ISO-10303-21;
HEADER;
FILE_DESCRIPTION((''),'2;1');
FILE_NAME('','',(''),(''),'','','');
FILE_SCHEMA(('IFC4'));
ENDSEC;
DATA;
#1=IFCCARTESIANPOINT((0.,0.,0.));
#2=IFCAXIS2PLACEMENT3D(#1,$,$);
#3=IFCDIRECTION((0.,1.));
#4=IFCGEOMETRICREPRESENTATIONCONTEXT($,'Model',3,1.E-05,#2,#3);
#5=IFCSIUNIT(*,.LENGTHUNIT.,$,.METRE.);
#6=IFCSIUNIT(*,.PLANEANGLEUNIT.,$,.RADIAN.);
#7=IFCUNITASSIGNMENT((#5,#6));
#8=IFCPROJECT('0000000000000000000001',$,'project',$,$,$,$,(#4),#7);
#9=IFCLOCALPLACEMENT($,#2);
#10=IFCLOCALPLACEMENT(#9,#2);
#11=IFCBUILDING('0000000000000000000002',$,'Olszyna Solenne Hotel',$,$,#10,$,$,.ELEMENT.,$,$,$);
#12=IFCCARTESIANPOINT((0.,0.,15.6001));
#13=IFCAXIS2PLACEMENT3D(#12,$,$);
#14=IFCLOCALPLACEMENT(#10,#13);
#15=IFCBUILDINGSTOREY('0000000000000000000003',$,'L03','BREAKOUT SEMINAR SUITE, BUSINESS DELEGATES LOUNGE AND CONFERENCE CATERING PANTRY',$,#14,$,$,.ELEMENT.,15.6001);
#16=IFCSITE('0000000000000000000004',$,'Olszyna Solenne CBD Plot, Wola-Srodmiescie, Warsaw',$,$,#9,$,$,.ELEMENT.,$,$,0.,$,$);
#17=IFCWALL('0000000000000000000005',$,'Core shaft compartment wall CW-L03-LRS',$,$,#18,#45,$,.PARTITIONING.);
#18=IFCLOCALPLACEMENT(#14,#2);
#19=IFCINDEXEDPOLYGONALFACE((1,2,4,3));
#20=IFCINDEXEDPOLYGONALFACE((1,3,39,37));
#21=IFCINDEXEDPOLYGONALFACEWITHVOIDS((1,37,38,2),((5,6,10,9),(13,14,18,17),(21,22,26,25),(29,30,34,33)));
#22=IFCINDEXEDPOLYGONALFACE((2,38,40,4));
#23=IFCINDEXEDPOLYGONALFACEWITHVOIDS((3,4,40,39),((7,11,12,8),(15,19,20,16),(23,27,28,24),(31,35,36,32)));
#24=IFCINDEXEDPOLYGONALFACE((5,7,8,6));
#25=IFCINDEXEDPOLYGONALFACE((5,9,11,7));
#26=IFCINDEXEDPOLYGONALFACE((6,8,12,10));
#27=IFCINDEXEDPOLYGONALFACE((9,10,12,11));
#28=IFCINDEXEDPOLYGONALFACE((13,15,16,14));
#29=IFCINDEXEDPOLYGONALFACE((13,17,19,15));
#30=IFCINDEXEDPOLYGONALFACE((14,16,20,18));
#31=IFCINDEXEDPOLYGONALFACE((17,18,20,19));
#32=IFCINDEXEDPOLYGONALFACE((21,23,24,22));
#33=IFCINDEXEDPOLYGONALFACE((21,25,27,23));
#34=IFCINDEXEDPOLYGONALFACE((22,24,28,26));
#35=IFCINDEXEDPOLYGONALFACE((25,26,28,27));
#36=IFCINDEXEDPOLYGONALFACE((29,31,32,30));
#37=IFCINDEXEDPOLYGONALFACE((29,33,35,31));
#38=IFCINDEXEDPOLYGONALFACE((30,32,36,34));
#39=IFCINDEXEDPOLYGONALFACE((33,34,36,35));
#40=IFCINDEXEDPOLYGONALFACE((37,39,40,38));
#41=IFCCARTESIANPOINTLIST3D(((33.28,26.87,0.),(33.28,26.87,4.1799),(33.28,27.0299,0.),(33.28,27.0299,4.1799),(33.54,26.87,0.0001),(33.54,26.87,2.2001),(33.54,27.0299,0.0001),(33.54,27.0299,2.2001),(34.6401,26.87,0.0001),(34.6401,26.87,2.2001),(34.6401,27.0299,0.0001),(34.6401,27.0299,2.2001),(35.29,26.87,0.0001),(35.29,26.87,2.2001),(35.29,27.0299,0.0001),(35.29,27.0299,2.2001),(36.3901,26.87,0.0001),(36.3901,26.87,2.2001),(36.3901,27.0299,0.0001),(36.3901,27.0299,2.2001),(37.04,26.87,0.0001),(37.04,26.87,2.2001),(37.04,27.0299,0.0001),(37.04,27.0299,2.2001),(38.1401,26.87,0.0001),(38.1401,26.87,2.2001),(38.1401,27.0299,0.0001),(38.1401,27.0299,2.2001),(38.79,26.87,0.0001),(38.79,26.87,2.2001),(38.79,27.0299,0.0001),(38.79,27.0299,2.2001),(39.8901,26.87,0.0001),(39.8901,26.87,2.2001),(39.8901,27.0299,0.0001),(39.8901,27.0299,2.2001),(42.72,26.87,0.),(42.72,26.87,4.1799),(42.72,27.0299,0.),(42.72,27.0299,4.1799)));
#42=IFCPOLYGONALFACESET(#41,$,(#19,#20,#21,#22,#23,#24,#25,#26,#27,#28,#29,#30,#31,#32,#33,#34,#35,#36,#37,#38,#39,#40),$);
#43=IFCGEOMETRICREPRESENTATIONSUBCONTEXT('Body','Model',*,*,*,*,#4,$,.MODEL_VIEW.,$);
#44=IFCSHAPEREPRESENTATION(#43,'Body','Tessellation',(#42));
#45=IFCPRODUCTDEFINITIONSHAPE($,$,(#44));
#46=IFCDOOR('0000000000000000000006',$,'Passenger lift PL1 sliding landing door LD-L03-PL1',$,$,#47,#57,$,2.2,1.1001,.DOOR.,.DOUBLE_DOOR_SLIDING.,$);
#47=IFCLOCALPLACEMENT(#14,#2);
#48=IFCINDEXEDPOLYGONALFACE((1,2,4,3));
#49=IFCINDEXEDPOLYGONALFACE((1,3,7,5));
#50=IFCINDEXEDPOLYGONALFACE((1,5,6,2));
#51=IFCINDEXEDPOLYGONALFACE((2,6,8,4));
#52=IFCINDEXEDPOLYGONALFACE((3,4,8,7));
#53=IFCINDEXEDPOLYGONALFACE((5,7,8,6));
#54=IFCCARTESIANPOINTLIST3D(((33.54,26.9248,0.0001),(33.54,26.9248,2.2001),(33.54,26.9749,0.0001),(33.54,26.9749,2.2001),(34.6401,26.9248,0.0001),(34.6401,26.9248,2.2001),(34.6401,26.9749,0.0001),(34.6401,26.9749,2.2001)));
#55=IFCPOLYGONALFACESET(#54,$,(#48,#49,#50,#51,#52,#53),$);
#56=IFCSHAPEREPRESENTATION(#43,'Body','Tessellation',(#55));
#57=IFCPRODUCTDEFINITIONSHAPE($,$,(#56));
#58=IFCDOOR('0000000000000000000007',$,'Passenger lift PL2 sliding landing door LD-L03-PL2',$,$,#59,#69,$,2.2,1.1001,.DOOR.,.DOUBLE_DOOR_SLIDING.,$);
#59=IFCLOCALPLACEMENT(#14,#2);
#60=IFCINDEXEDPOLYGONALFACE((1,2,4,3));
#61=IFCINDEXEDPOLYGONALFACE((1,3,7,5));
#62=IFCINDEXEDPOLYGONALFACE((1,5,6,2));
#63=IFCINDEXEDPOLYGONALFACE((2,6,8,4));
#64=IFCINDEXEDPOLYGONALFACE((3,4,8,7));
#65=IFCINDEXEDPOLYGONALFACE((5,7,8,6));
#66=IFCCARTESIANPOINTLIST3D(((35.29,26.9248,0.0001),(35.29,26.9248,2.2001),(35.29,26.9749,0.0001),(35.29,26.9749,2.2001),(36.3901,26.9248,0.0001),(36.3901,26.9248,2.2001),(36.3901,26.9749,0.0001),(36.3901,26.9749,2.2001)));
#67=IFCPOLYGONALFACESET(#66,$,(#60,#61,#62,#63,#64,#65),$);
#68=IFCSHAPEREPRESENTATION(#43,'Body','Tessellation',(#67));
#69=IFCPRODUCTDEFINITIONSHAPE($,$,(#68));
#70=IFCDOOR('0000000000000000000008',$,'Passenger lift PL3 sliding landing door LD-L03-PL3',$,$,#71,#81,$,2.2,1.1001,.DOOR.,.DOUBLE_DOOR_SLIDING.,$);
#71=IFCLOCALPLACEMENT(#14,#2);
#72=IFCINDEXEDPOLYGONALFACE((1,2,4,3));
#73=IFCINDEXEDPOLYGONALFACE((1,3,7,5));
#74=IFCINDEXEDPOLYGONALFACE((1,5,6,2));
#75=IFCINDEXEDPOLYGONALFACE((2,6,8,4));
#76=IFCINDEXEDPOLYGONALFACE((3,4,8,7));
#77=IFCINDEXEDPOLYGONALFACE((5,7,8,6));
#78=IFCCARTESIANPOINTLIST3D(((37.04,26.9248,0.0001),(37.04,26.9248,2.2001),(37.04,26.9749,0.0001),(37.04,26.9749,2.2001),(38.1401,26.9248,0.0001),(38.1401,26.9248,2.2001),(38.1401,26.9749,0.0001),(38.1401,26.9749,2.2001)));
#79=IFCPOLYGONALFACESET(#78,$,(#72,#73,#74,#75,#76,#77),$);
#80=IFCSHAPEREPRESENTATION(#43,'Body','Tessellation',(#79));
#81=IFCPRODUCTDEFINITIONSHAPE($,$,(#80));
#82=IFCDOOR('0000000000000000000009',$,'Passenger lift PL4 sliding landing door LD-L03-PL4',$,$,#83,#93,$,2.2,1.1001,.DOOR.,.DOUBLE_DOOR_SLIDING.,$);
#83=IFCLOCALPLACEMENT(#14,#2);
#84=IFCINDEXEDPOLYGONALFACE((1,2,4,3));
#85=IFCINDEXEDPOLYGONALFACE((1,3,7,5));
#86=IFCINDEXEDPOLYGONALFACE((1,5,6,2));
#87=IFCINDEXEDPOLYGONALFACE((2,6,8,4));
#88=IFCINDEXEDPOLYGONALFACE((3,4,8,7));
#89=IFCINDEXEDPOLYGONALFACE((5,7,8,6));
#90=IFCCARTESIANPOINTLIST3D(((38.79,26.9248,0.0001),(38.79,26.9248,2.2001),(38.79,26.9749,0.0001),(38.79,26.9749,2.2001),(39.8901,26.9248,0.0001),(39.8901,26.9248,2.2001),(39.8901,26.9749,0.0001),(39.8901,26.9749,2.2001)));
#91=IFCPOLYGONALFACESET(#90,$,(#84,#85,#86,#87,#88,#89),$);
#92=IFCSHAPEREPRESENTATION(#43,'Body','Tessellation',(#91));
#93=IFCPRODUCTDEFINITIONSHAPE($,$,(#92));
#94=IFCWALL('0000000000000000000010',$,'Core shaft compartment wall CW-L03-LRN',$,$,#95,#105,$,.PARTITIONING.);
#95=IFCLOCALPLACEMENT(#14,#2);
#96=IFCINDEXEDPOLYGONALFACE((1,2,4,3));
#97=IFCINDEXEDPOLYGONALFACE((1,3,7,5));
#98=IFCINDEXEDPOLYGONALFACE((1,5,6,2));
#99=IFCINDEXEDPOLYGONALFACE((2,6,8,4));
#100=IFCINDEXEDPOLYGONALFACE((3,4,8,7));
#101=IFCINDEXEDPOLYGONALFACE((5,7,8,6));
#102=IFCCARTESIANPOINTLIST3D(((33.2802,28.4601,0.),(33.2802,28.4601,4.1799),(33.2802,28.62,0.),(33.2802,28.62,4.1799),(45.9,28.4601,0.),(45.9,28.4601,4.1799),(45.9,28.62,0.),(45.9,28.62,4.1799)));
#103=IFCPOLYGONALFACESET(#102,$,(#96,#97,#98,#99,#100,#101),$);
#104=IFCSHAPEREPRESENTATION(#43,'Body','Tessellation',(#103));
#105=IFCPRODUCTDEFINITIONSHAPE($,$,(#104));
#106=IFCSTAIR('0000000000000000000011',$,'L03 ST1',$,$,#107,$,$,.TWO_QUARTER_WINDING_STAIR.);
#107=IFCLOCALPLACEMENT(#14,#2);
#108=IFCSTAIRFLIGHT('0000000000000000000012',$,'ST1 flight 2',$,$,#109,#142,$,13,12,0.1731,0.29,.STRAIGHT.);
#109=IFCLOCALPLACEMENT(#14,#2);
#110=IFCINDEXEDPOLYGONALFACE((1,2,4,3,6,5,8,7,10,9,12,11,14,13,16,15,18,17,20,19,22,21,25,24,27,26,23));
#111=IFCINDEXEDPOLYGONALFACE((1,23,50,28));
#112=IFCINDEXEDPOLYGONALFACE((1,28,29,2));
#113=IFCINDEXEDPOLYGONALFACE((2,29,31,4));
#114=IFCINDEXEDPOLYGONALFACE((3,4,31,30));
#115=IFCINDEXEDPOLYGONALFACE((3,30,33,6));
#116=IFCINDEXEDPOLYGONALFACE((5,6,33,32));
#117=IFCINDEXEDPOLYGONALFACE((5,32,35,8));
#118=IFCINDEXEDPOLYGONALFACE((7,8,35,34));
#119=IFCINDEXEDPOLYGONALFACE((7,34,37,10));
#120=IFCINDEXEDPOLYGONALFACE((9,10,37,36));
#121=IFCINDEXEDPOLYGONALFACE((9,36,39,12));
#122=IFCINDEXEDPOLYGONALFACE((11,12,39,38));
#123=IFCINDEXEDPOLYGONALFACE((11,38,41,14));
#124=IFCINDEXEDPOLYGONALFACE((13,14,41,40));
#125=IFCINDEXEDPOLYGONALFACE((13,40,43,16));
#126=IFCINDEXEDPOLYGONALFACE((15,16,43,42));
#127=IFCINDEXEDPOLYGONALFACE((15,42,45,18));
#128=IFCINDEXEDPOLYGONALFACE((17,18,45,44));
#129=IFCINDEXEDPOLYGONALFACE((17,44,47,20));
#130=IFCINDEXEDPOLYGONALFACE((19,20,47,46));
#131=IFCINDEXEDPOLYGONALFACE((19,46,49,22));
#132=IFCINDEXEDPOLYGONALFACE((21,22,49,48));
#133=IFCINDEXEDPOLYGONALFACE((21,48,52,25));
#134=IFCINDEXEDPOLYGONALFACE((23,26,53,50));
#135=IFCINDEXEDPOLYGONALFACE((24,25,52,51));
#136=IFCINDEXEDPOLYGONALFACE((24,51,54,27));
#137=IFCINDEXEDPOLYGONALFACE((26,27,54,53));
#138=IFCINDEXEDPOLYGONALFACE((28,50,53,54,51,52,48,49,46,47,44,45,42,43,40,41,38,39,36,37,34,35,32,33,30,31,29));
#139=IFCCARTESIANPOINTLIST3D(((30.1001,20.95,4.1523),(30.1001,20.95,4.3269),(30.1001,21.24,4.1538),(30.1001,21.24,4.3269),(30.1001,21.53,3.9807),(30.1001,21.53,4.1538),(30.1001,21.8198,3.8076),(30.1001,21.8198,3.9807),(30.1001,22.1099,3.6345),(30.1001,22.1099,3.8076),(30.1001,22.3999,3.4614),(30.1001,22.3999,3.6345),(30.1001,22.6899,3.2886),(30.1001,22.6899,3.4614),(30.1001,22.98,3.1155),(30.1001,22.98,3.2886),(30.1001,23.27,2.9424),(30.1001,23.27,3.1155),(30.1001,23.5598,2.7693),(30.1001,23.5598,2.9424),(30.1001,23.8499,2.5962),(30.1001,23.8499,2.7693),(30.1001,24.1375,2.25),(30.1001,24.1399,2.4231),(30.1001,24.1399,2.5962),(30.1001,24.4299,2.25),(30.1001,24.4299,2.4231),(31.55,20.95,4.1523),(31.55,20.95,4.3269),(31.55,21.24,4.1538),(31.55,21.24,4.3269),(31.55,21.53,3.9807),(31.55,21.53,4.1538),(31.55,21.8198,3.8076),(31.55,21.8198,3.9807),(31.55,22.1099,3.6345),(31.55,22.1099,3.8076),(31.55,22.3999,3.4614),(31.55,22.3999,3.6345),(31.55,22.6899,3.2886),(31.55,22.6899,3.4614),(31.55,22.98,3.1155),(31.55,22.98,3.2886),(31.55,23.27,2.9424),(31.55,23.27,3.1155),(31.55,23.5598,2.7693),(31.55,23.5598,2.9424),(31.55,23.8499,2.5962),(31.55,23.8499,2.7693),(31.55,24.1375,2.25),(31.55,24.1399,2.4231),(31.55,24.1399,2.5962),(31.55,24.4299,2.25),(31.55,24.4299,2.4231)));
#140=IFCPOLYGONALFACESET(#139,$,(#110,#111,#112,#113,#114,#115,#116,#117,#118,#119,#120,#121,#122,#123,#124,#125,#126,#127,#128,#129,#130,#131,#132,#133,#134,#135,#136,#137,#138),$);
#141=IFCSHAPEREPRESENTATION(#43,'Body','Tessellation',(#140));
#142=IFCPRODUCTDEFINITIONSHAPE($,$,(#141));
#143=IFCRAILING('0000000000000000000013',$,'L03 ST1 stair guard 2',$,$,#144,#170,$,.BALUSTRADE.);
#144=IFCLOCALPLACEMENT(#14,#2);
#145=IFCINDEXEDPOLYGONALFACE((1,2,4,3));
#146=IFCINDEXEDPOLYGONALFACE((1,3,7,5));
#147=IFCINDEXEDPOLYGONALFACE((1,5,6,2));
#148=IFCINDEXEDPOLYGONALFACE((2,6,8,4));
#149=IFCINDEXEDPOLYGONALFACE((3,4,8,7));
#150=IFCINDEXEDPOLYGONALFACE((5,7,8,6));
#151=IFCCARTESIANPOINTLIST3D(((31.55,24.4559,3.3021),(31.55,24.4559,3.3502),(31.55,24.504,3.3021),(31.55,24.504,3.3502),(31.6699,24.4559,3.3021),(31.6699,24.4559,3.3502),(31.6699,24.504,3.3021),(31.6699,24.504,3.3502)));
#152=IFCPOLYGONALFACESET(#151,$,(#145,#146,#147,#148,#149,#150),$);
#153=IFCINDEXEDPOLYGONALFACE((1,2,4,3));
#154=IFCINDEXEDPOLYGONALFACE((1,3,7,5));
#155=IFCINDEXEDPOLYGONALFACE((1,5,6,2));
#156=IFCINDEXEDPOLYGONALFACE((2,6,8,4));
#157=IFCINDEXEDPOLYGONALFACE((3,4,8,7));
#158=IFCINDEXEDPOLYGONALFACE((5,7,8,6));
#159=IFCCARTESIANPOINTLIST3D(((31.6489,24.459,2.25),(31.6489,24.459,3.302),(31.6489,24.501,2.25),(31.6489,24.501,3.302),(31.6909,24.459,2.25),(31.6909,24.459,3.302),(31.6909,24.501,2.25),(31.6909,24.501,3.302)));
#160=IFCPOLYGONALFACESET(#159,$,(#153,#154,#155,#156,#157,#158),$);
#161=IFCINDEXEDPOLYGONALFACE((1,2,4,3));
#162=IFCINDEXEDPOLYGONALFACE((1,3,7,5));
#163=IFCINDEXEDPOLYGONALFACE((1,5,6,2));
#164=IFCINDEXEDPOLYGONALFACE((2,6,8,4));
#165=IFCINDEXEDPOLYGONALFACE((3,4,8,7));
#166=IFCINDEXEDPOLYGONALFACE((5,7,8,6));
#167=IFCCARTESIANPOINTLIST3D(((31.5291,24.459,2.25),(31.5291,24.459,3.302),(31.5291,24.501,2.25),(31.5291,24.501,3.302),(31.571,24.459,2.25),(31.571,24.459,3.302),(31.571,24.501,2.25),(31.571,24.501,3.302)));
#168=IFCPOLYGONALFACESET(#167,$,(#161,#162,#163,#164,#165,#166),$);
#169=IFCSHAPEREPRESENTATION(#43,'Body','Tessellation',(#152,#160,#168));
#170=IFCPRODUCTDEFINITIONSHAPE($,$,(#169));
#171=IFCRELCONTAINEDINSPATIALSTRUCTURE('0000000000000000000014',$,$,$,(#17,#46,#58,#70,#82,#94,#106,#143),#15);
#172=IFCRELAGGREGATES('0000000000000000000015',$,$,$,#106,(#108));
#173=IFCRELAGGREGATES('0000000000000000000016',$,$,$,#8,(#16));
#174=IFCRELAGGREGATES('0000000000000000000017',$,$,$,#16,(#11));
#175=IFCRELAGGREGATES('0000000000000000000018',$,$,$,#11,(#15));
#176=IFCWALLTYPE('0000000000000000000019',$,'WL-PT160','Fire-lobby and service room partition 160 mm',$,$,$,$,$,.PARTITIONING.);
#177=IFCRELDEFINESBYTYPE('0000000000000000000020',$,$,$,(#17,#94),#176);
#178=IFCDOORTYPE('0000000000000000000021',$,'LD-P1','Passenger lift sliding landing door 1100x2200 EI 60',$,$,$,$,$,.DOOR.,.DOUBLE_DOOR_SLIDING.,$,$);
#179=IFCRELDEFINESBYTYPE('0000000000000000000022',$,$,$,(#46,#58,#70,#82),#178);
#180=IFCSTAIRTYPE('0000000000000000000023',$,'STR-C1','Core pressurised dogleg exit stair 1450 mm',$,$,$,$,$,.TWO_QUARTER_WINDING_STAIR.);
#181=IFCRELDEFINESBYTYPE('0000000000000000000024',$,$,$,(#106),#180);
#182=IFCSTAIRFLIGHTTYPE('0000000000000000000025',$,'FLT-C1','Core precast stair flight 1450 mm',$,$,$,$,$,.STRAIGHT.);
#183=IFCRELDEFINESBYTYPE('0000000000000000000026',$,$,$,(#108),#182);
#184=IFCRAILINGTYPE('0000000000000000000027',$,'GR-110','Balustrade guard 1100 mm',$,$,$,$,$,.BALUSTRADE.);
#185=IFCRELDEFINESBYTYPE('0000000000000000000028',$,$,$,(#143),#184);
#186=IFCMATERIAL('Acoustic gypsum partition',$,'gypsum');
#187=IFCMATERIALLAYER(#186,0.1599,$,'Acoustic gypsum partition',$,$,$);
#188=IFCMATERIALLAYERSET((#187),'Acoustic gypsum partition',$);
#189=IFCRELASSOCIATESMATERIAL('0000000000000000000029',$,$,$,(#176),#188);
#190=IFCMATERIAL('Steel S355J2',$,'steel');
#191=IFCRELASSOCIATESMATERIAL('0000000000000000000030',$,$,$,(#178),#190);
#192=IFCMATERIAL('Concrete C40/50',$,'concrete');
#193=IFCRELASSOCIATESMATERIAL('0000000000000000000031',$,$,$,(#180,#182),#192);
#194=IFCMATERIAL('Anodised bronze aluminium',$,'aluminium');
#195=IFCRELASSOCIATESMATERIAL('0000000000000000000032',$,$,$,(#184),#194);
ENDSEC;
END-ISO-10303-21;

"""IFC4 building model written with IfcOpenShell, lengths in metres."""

from ifc_helpers import new_model, si_unit, direction, frame, frame_2d, origin, origin_2d, place, context, subcontext, project, spatial, polyline, rectangle, outline, extrude, source, transform, mapped, material, layer, layer_set, type_object, type_shapes, element, fill, aggregate, save


model = new_model("IFC4")

# Units and contexts
model_context = context("Model", 3, precision=1e-05, world=origin(), true_north=direction((0.0, 1.0)))
body_context = subcontext(model_context, "Body", "Model", "MODEL_VIEW")
ifc_project = project(units=[si_unit("LENGTHUNIT", "METRE"), si_unit("PLANEANGLEUNIT", "RADIAN")], contexts=[model_context])

# Site, building, storey
site_placement = place(None, origin())
site = spatial("IfcSite", under=ifc_project, at=site_placement, Name="Olszyna Solenne CBD Plot, Wola-Srodmiescie, Warsaw", CompositionType="ELEMENT", RefElevation=0.0)
building_placement = place(site_placement, origin())
building = spatial("IfcBuilding", under=site, at=building_placement, Name="Olszyna Solenne Hotel", CompositionType="ELEMENT")
storey_placement = place(building_placement, frame((0.0, 0.0, 15.6001)))
storey = spatial("IfcBuildingStorey", under=building, at=storey_placement, Name="L03", Description="BREAKOUT SEMINAR SUITE, BUSINESS DELEGATES LOUNGE AND CONFERENCE CATERING PANTRY", CompositionType="ELEMENT", Elevation=15.6001)

# Shared definitions
ifc_material_1 = material(Name="Steel S355J2", Category="steel")

# Shared definitions
ifc_material_2 = material(Name="Acoustic gypsum partition", Category="gypsum")
ifc_layer = layer(ifc_material_2, 0.1599, Name="Acoustic gypsum partition")
ifc_layer_set = layer_set([ifc_layer], Name="Acoustic gypsum partition")
wall_type = type_object("IfcWallType", Name="WL-PT160", Description="Fire-lobby and service room partition 160 mm", PredefinedType="PARTITIONING", material=ifc_layer_set)

# Wall, openings, doors
wall_1_placement = place(storey_placement, frame((33.28, 26.95, 0.0), z_axis=(0.0, 0.0, 1.0), x_axis=(1.0, 0.0, 0.0)))
wall_1 = element("IfcWall", 1, at=wall_1_placement, inside=storey, type_object=wall_type, Name="Core shaft compartment wall CW-L03-LRS", PredefinedType="PARTITIONING", context=body_context, shape_type="SweptSolid", body=[
    extrude(rectangle(XDim=9.4399, YDim=0.1599, at=frame_2d((4.72, 0.0))), origin(), (0.0, 0.0, 1.0), 4.1799),
])
opening_1_placement = place(wall_1_placement, frame((0.26, 0.0, 0.0)))
opening_1 = element("IfcOpeningElement", 2, at=opening_1_placement, cuts=wall_1, PredefinedType="OPENING", context=body_context, shape_type="SweptSolid", body=[
    extrude(rectangle(XDim=1.1001, YDim=2.2, at=frame_2d((0.55, 1.1001))), frame((0.0, 0.0898, 0.0), z_axis=(0.0, -1.0, 0.0), x_axis=(1.0, 0.0, 0.0)), (0.0, 0.0, 1.0), 0.1799),
])
opening_2_placement = place(wall_1_placement, frame((2.01, 0.0, 0.0)))
opening_2 = element("IfcOpeningElement", 3, at=opening_2_placement, cuts=wall_1, PredefinedType="OPENING", context=body_context, shape_type="SweptSolid", body=[
    extrude(rectangle(XDim=1.1001, YDim=2.2, at=frame_2d((0.55, 1.1001))), frame((0.0, 0.0898, 0.0), z_axis=(0.0, -1.0, 0.0), x_axis=(1.0, 0.0, 0.0)), (0.0, 0.0, 1.0), 0.1799),
])
opening_3_placement = place(wall_1_placement, frame((3.76, 0.0, 0.0)))
opening_3 = element("IfcOpeningElement", 4, at=opening_3_placement, cuts=wall_1, PredefinedType="OPENING", context=body_context, shape_type="SweptSolid", body=[
    extrude(rectangle(XDim=1.1001, YDim=2.2, at=frame_2d((0.55, 1.1001))), frame((0.0, 0.0898, 0.0), z_axis=(0.0, -1.0, 0.0), x_axis=(1.0, 0.0, 0.0)), (0.0, 0.0, 1.0), 0.1799),
])
opening_4_placement = place(wall_1_placement, frame((5.51, 0.0, 0.0)))
opening_4 = element("IfcOpeningElement", 5, at=opening_4_placement, cuts=wall_1, PredefinedType="OPENING", context=body_context, shape_type="SweptSolid", body=[
    extrude(rectangle(XDim=1.1001, YDim=2.2, at=frame_2d((0.55, 1.1001))), frame((0.0, 0.0898, 0.0), z_axis=(0.0, -1.0, 0.0), x_axis=(1.0, 0.0, 0.0)), (0.0, 0.0, 1.0), 0.1799),
])
door_type = type_object("IfcDoorType", Name="LD-P1", Description="Passenger lift sliding landing door 1100x2200 EI 60", OperationType="DOUBLE_DOOR_SLIDING", PredefinedType="DOOR", material=ifc_material_1)
shared_shape_1 = source(origin(), body_context, "Body", "SweptSolid", [
    extrude(rectangle(XDim=1.1001, YDim=2.2, at=frame_2d((0.55, 1.1001))), frame((0.0, 0.0249, 0.0), z_axis=(0.0, -1.0, 0.0), x_axis=(1.0, 0.0, 0.0)), (0.0, 0.0, 1.0), 0.05),
])
type_shapes(door_type, [shared_shape_1])
door_1_placement = place(opening_1_placement, origin())
door_1 = element("IfcDoor", 6, at=door_1_placement, inside=storey, type_object=door_type, Name="Passenger lift PL1 sliding landing door LD-L03-PL1", OperationType="DOUBLE_DOOR_SLIDING", OverallHeight=2.2, OverallWidth=1.1001, PredefinedType="DOOR", context=body_context, shape_type="MappedRepresentation", body=[
    mapped(shared_shape_1, transform((0.0, 0.0, 0.0), x_axis=(1.0, 0.0, 0.0), y_axis=(0.0, 1.0, 0.0), z_axis=(0.0, 0.0, 1.0), scale=1.0)),
])
fill(opening_1, door_1)
door_2_placement = place(opening_2_placement, origin())
door_2 = element("IfcDoor", 7, at=door_2_placement, inside=storey, type_object=door_type, Name="Passenger lift PL2 sliding landing door LD-L03-PL2", OperationType="DOUBLE_DOOR_SLIDING", OverallHeight=2.2, OverallWidth=1.1001, PredefinedType="DOOR", context=body_context, shape_type="MappedRepresentation", body=[
    mapped(shared_shape_1, transform((0.0, 0.0, 0.0), x_axis=(1.0, 0.0, 0.0), y_axis=(0.0, 1.0, 0.0), z_axis=(0.0, 0.0, 1.0), scale=1.0)),
])
fill(opening_2, door_2)
door_3_placement = place(opening_3_placement, origin())
door_3 = element("IfcDoor", 8, at=door_3_placement, inside=storey, type_object=door_type, Name="Passenger lift PL3 sliding landing door LD-L03-PL3", OperationType="DOUBLE_DOOR_SLIDING", OverallHeight=2.2, OverallWidth=1.1001, PredefinedType="DOOR", context=body_context, shape_type="MappedRepresentation", body=[
    mapped(shared_shape_1, transform((0.0, 0.0, 0.0), x_axis=(1.0, 0.0, 0.0), y_axis=(0.0, 1.0, 0.0), z_axis=(0.0, 0.0, 1.0), scale=1.0)),
])
fill(opening_3, door_3)
door_4_placement = place(opening_4_placement, origin())
door_4 = element("IfcDoor", 9, at=door_4_placement, inside=storey, type_object=door_type, Name="Passenger lift PL4 sliding landing door LD-L03-PL4", OperationType="DOUBLE_DOOR_SLIDING", OverallHeight=2.2, OverallWidth=1.1001, PredefinedType="DOOR", context=body_context, shape_type="MappedRepresentation", body=[
    mapped(shared_shape_1, transform((0.0, 0.0, 0.0), x_axis=(1.0, 0.0, 0.0), y_axis=(0.0, 1.0, 0.0), z_axis=(0.0, 0.0, 1.0), scale=1.0)),
])
fill(opening_4, door_4)

# Wall
wall_2_placement = place(storey_placement, frame((33.28, 28.54, 0.0), z_axis=(0.0, 0.0, 1.0), x_axis=(1.0, 0.0, 0.0)))
element("IfcWall", 10, at=wall_2_placement, inside=storey, type_object=wall_type, Name="Core shaft compartment wall CW-L03-LRN", PredefinedType="PARTITIONING", context=body_context, shape_type="SweptSolid", body=[
    extrude(rectangle(XDim=12.6199, YDim=0.1599, at=frame_2d((6.3101, 0.0))), origin(), (0.0, 0.0, 1.0), 4.1799),
])

# Stair, stair flight
ifc_material_3 = material(Name="Concrete C40/50", Category="concrete")
stair_type = type_object("IfcStairType", Name="STR-C1", Description="Core pressurised dogleg exit stair 1450 mm", PredefinedType="TWO_QUARTER_WINDING_STAIR", material=ifc_material_3)
stair_placement = place(storey_placement, origin())
stair = element("IfcStair", 11, at=stair_placement, inside=storey, type_object=stair_type, Name="L03 ST1", PredefinedType="TWO_QUARTER_WINDING_STAIR")
stair_flight_type = type_object("IfcStairFlightType", Name="FLT-C1", Description="Core precast stair flight 1450 mm", PredefinedType="STRAIGHT", material=ifc_material_3)
stair_flight_placement = place(storey_placement, frame((30.825, 24.4299, 2.25), z_axis=(0.0, 0.0, 1.0), x_axis=(0.0, -1.0, 0.0)))
stair_flight = element("IfcStairFlight", 12, at=stair_flight_placement, type_object=stair_flight_type, Name="ST1 flight 2", NumberOfRisers=13, NumberOfTreads=12, PredefinedType="STRAIGHT", RiserHeight=0.1731, TreadLength=0.29, context=body_context, shape_type="SweptSolid", body=[
    extrude(outline(polyline([(0.0, 0.0), (0.0, 0.1731), (0.29, 0.1731), (0.29, 0.3462), (0.5801, 0.3462), (0.5801, 0.5193), (0.8701, 0.5193), (0.8701, 0.6924), (1.1599, 0.6924), (1.1599, 0.8655), (1.45, 0.8655), (1.45, 1.0386), (1.74, 1.0386), (1.74, 1.2114), (2.03, 1.2114), (2.03, 1.3845), (2.3201, 1.3845), (2.3201, 1.5576), (2.6101, 1.5576), (2.6101, 1.7307), (2.8999, 1.7307), (2.8999, 1.9038), (3.1899, 1.9038), (3.1899, 2.0769), (3.48, 2.0769), (3.48, 2.25), (3.48, 1.9023), (0.2925, 0.0), (0.0, 0.0)])), frame((0.0, 0.7251, 0.0), z_axis=(0.0, -1.0, 0.0), x_axis=(1.0, 0.0, 0.0)), (0.0, 0.0, 1.0), 1.45),
])
aggregate(stair, [stair_flight])

# Railing
ifc_material_4 = material(Name="Anodised bronze aluminium", Category="aluminium")
railing_type_1 = type_object("IfcRailingType", Name="GR-110", Description="Balustrade guard 1100 mm", PredefinedType="BALUSTRADE", material=ifc_material_4)
railing_1_placement = place(storey_placement, frame((31.6699, 24.48, 2.25)))
element("IfcRailing", 13, at=railing_1_placement, inside=storey, type_object=railing_type_1, Name="L03 ST1 stair guard 2", PredefinedType="BALUSTRADE", context=body_context, shape_type="SweptSolid", body=[
    extrude(rectangle(XDim=0.0481, YDim=0.0481, at=origin_2d()), frame((0.0, 0.0, 1.0762), z_axis=(-1.0, 0.0, 0.0), x_axis=(0.0, -1.0, 0.0)), (0.0, 0.0, 1.0), 0.1199),
    extrude(rectangle(XDim=0.042, YDim=0.042, at=origin_2d()), origin(), (0.0, 0.0, 1.0), 1.052),
    extrude(rectangle(XDim=0.042, YDim=0.042, at=origin_2d()), frame((-0.1199, 0.0, 0.0)), (0.0, 0.0, 1.0), 1.052),
])

save(model, "model.ifc")
